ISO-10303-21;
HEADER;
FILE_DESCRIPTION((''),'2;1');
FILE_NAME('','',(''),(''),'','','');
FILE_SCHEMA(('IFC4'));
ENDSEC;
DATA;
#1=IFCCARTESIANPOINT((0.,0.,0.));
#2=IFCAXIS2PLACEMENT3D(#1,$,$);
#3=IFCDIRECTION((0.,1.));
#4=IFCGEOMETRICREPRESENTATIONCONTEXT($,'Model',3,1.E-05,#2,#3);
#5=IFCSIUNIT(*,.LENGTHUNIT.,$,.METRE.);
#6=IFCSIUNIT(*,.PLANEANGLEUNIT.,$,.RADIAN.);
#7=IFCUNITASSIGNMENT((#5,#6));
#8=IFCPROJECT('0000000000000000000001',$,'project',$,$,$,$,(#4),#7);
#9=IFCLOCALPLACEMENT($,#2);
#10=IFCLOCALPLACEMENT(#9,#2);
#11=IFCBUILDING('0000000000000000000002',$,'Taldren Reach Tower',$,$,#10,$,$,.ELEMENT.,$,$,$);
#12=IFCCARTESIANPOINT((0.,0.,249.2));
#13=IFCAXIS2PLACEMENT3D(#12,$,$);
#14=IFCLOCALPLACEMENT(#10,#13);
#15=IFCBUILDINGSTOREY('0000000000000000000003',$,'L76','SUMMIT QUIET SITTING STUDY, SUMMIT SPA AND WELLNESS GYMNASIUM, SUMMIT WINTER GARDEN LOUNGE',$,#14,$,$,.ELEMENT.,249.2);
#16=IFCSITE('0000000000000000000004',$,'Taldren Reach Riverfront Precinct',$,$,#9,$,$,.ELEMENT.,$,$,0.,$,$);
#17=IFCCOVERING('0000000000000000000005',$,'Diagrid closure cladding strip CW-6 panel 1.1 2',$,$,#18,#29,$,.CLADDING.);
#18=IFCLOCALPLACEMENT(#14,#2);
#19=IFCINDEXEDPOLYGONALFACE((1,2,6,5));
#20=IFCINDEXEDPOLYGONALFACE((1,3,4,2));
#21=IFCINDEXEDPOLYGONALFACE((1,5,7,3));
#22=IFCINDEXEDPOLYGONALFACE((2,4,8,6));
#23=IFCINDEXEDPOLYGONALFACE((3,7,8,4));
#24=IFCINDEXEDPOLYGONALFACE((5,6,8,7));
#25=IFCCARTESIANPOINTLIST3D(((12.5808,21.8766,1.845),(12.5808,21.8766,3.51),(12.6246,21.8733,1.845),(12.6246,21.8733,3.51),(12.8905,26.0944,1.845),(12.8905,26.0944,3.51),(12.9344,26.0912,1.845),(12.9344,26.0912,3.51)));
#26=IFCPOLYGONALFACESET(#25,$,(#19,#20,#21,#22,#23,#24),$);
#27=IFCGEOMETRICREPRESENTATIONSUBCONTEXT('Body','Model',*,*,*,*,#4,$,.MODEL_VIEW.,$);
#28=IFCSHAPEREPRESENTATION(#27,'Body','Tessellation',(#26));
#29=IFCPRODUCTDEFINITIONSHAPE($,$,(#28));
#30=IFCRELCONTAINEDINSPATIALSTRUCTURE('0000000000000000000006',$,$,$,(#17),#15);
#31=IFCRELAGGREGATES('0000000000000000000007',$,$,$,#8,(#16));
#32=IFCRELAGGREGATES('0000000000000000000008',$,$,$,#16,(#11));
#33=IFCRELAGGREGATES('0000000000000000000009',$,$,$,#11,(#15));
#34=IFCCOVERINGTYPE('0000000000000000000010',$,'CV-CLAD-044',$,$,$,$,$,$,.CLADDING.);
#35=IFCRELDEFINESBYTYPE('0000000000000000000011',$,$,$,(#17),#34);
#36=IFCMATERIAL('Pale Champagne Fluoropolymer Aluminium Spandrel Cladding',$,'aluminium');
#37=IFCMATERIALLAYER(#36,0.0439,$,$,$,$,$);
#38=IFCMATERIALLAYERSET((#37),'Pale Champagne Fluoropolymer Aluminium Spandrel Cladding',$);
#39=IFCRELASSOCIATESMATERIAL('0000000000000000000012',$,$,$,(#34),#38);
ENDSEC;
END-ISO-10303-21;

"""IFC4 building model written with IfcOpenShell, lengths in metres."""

from ifc_helpers import new_model, si_unit, direction, frame, origin, origin_2d, place, context, subcontext, project, spatial, rectangle, extrude, source, transform, mapped, material, layer, layer_set, type_object, element, save


model = new_model("IFC4")

# Units and contexts
model_context = context("Model", 3, precision=1e-05, world=origin(), true_north=direction((0.0, 1.0)))
body_context = subcontext(model_context, "Body", "Model", "MODEL_VIEW")
ifc_project = project(units=[si_unit("LENGTHUNIT", "METRE"), si_unit("PLANEANGLEUNIT", "RADIAN")], contexts=[model_context])

# Site, building, storey
site_placement = place(None, origin())
site = spatial("IfcSite", under=ifc_project, at=site_placement, Name="Taldren Reach Riverfront Precinct", CompositionType="ELEMENT", RefElevation=0.0)
building_placement = place(site_placement, origin())
building = spatial("IfcBuilding", under=site, at=building_placement, Name="Taldren Reach Tower", CompositionType="ELEMENT")
storey_placement = place(building_placement, frame((0.0, 0.0, 249.2)))
storey = spatial("IfcBuildingStorey", under=building, at=storey_placement, Name="L76", Description="SUMMIT QUIET SITTING STUDY, SUMMIT SPA AND WELLNESS GYMNASIUM, SUMMIT WINTER GARDEN LOUNGE", CompositionType="ELEMENT", Elevation=249.2)

# Covering
ifc_material_1 = material(Name="Pale Champagne Fluoropolymer Aluminium Spandrel Cladding", Category="aluminium")
ifc_layer_1 = layer(ifc_material_1, 0.0439)
ifc_layer_set_1 = layer_set([ifc_layer_1], Name="Pale Champagne Fluoropolymer Aluminium Spandrel Cladding")
covering_type = type_object("IfcCoveringType", Name="CV-CLAD-044", PredefinedType="CLADDING", material=ifc_layer_set_1)
shared_shape_1 = source(origin(), body_context, "Body", "SweptSolid", [
    extrude(rectangle(XDim=4.2292, YDim=0.0439, at=origin_2d()), origin(), (0.0, 0.0, 1.0), 1.665),
])
covering_1_placement = place(storey_placement, frame((12.7576, 23.9839, 1.845), z_axis=(0.0, 0.0, 1.0), x_axis=(-0.073238, -0.997314, 0.0)))
element("IfcCovering", 1, at=covering_1_placement, inside=storey, type_object=covering_type, Name="Diagrid closure cladding strip CW-6 panel 1.1 2", PredefinedType="CLADDING", context=body_context, shape_type="MappedRepresentation", body=[
    mapped(shared_shape_1, transform((0.0, 0.0, 0.0), scale=1.0)),
])

save(model, "model.ifc")
